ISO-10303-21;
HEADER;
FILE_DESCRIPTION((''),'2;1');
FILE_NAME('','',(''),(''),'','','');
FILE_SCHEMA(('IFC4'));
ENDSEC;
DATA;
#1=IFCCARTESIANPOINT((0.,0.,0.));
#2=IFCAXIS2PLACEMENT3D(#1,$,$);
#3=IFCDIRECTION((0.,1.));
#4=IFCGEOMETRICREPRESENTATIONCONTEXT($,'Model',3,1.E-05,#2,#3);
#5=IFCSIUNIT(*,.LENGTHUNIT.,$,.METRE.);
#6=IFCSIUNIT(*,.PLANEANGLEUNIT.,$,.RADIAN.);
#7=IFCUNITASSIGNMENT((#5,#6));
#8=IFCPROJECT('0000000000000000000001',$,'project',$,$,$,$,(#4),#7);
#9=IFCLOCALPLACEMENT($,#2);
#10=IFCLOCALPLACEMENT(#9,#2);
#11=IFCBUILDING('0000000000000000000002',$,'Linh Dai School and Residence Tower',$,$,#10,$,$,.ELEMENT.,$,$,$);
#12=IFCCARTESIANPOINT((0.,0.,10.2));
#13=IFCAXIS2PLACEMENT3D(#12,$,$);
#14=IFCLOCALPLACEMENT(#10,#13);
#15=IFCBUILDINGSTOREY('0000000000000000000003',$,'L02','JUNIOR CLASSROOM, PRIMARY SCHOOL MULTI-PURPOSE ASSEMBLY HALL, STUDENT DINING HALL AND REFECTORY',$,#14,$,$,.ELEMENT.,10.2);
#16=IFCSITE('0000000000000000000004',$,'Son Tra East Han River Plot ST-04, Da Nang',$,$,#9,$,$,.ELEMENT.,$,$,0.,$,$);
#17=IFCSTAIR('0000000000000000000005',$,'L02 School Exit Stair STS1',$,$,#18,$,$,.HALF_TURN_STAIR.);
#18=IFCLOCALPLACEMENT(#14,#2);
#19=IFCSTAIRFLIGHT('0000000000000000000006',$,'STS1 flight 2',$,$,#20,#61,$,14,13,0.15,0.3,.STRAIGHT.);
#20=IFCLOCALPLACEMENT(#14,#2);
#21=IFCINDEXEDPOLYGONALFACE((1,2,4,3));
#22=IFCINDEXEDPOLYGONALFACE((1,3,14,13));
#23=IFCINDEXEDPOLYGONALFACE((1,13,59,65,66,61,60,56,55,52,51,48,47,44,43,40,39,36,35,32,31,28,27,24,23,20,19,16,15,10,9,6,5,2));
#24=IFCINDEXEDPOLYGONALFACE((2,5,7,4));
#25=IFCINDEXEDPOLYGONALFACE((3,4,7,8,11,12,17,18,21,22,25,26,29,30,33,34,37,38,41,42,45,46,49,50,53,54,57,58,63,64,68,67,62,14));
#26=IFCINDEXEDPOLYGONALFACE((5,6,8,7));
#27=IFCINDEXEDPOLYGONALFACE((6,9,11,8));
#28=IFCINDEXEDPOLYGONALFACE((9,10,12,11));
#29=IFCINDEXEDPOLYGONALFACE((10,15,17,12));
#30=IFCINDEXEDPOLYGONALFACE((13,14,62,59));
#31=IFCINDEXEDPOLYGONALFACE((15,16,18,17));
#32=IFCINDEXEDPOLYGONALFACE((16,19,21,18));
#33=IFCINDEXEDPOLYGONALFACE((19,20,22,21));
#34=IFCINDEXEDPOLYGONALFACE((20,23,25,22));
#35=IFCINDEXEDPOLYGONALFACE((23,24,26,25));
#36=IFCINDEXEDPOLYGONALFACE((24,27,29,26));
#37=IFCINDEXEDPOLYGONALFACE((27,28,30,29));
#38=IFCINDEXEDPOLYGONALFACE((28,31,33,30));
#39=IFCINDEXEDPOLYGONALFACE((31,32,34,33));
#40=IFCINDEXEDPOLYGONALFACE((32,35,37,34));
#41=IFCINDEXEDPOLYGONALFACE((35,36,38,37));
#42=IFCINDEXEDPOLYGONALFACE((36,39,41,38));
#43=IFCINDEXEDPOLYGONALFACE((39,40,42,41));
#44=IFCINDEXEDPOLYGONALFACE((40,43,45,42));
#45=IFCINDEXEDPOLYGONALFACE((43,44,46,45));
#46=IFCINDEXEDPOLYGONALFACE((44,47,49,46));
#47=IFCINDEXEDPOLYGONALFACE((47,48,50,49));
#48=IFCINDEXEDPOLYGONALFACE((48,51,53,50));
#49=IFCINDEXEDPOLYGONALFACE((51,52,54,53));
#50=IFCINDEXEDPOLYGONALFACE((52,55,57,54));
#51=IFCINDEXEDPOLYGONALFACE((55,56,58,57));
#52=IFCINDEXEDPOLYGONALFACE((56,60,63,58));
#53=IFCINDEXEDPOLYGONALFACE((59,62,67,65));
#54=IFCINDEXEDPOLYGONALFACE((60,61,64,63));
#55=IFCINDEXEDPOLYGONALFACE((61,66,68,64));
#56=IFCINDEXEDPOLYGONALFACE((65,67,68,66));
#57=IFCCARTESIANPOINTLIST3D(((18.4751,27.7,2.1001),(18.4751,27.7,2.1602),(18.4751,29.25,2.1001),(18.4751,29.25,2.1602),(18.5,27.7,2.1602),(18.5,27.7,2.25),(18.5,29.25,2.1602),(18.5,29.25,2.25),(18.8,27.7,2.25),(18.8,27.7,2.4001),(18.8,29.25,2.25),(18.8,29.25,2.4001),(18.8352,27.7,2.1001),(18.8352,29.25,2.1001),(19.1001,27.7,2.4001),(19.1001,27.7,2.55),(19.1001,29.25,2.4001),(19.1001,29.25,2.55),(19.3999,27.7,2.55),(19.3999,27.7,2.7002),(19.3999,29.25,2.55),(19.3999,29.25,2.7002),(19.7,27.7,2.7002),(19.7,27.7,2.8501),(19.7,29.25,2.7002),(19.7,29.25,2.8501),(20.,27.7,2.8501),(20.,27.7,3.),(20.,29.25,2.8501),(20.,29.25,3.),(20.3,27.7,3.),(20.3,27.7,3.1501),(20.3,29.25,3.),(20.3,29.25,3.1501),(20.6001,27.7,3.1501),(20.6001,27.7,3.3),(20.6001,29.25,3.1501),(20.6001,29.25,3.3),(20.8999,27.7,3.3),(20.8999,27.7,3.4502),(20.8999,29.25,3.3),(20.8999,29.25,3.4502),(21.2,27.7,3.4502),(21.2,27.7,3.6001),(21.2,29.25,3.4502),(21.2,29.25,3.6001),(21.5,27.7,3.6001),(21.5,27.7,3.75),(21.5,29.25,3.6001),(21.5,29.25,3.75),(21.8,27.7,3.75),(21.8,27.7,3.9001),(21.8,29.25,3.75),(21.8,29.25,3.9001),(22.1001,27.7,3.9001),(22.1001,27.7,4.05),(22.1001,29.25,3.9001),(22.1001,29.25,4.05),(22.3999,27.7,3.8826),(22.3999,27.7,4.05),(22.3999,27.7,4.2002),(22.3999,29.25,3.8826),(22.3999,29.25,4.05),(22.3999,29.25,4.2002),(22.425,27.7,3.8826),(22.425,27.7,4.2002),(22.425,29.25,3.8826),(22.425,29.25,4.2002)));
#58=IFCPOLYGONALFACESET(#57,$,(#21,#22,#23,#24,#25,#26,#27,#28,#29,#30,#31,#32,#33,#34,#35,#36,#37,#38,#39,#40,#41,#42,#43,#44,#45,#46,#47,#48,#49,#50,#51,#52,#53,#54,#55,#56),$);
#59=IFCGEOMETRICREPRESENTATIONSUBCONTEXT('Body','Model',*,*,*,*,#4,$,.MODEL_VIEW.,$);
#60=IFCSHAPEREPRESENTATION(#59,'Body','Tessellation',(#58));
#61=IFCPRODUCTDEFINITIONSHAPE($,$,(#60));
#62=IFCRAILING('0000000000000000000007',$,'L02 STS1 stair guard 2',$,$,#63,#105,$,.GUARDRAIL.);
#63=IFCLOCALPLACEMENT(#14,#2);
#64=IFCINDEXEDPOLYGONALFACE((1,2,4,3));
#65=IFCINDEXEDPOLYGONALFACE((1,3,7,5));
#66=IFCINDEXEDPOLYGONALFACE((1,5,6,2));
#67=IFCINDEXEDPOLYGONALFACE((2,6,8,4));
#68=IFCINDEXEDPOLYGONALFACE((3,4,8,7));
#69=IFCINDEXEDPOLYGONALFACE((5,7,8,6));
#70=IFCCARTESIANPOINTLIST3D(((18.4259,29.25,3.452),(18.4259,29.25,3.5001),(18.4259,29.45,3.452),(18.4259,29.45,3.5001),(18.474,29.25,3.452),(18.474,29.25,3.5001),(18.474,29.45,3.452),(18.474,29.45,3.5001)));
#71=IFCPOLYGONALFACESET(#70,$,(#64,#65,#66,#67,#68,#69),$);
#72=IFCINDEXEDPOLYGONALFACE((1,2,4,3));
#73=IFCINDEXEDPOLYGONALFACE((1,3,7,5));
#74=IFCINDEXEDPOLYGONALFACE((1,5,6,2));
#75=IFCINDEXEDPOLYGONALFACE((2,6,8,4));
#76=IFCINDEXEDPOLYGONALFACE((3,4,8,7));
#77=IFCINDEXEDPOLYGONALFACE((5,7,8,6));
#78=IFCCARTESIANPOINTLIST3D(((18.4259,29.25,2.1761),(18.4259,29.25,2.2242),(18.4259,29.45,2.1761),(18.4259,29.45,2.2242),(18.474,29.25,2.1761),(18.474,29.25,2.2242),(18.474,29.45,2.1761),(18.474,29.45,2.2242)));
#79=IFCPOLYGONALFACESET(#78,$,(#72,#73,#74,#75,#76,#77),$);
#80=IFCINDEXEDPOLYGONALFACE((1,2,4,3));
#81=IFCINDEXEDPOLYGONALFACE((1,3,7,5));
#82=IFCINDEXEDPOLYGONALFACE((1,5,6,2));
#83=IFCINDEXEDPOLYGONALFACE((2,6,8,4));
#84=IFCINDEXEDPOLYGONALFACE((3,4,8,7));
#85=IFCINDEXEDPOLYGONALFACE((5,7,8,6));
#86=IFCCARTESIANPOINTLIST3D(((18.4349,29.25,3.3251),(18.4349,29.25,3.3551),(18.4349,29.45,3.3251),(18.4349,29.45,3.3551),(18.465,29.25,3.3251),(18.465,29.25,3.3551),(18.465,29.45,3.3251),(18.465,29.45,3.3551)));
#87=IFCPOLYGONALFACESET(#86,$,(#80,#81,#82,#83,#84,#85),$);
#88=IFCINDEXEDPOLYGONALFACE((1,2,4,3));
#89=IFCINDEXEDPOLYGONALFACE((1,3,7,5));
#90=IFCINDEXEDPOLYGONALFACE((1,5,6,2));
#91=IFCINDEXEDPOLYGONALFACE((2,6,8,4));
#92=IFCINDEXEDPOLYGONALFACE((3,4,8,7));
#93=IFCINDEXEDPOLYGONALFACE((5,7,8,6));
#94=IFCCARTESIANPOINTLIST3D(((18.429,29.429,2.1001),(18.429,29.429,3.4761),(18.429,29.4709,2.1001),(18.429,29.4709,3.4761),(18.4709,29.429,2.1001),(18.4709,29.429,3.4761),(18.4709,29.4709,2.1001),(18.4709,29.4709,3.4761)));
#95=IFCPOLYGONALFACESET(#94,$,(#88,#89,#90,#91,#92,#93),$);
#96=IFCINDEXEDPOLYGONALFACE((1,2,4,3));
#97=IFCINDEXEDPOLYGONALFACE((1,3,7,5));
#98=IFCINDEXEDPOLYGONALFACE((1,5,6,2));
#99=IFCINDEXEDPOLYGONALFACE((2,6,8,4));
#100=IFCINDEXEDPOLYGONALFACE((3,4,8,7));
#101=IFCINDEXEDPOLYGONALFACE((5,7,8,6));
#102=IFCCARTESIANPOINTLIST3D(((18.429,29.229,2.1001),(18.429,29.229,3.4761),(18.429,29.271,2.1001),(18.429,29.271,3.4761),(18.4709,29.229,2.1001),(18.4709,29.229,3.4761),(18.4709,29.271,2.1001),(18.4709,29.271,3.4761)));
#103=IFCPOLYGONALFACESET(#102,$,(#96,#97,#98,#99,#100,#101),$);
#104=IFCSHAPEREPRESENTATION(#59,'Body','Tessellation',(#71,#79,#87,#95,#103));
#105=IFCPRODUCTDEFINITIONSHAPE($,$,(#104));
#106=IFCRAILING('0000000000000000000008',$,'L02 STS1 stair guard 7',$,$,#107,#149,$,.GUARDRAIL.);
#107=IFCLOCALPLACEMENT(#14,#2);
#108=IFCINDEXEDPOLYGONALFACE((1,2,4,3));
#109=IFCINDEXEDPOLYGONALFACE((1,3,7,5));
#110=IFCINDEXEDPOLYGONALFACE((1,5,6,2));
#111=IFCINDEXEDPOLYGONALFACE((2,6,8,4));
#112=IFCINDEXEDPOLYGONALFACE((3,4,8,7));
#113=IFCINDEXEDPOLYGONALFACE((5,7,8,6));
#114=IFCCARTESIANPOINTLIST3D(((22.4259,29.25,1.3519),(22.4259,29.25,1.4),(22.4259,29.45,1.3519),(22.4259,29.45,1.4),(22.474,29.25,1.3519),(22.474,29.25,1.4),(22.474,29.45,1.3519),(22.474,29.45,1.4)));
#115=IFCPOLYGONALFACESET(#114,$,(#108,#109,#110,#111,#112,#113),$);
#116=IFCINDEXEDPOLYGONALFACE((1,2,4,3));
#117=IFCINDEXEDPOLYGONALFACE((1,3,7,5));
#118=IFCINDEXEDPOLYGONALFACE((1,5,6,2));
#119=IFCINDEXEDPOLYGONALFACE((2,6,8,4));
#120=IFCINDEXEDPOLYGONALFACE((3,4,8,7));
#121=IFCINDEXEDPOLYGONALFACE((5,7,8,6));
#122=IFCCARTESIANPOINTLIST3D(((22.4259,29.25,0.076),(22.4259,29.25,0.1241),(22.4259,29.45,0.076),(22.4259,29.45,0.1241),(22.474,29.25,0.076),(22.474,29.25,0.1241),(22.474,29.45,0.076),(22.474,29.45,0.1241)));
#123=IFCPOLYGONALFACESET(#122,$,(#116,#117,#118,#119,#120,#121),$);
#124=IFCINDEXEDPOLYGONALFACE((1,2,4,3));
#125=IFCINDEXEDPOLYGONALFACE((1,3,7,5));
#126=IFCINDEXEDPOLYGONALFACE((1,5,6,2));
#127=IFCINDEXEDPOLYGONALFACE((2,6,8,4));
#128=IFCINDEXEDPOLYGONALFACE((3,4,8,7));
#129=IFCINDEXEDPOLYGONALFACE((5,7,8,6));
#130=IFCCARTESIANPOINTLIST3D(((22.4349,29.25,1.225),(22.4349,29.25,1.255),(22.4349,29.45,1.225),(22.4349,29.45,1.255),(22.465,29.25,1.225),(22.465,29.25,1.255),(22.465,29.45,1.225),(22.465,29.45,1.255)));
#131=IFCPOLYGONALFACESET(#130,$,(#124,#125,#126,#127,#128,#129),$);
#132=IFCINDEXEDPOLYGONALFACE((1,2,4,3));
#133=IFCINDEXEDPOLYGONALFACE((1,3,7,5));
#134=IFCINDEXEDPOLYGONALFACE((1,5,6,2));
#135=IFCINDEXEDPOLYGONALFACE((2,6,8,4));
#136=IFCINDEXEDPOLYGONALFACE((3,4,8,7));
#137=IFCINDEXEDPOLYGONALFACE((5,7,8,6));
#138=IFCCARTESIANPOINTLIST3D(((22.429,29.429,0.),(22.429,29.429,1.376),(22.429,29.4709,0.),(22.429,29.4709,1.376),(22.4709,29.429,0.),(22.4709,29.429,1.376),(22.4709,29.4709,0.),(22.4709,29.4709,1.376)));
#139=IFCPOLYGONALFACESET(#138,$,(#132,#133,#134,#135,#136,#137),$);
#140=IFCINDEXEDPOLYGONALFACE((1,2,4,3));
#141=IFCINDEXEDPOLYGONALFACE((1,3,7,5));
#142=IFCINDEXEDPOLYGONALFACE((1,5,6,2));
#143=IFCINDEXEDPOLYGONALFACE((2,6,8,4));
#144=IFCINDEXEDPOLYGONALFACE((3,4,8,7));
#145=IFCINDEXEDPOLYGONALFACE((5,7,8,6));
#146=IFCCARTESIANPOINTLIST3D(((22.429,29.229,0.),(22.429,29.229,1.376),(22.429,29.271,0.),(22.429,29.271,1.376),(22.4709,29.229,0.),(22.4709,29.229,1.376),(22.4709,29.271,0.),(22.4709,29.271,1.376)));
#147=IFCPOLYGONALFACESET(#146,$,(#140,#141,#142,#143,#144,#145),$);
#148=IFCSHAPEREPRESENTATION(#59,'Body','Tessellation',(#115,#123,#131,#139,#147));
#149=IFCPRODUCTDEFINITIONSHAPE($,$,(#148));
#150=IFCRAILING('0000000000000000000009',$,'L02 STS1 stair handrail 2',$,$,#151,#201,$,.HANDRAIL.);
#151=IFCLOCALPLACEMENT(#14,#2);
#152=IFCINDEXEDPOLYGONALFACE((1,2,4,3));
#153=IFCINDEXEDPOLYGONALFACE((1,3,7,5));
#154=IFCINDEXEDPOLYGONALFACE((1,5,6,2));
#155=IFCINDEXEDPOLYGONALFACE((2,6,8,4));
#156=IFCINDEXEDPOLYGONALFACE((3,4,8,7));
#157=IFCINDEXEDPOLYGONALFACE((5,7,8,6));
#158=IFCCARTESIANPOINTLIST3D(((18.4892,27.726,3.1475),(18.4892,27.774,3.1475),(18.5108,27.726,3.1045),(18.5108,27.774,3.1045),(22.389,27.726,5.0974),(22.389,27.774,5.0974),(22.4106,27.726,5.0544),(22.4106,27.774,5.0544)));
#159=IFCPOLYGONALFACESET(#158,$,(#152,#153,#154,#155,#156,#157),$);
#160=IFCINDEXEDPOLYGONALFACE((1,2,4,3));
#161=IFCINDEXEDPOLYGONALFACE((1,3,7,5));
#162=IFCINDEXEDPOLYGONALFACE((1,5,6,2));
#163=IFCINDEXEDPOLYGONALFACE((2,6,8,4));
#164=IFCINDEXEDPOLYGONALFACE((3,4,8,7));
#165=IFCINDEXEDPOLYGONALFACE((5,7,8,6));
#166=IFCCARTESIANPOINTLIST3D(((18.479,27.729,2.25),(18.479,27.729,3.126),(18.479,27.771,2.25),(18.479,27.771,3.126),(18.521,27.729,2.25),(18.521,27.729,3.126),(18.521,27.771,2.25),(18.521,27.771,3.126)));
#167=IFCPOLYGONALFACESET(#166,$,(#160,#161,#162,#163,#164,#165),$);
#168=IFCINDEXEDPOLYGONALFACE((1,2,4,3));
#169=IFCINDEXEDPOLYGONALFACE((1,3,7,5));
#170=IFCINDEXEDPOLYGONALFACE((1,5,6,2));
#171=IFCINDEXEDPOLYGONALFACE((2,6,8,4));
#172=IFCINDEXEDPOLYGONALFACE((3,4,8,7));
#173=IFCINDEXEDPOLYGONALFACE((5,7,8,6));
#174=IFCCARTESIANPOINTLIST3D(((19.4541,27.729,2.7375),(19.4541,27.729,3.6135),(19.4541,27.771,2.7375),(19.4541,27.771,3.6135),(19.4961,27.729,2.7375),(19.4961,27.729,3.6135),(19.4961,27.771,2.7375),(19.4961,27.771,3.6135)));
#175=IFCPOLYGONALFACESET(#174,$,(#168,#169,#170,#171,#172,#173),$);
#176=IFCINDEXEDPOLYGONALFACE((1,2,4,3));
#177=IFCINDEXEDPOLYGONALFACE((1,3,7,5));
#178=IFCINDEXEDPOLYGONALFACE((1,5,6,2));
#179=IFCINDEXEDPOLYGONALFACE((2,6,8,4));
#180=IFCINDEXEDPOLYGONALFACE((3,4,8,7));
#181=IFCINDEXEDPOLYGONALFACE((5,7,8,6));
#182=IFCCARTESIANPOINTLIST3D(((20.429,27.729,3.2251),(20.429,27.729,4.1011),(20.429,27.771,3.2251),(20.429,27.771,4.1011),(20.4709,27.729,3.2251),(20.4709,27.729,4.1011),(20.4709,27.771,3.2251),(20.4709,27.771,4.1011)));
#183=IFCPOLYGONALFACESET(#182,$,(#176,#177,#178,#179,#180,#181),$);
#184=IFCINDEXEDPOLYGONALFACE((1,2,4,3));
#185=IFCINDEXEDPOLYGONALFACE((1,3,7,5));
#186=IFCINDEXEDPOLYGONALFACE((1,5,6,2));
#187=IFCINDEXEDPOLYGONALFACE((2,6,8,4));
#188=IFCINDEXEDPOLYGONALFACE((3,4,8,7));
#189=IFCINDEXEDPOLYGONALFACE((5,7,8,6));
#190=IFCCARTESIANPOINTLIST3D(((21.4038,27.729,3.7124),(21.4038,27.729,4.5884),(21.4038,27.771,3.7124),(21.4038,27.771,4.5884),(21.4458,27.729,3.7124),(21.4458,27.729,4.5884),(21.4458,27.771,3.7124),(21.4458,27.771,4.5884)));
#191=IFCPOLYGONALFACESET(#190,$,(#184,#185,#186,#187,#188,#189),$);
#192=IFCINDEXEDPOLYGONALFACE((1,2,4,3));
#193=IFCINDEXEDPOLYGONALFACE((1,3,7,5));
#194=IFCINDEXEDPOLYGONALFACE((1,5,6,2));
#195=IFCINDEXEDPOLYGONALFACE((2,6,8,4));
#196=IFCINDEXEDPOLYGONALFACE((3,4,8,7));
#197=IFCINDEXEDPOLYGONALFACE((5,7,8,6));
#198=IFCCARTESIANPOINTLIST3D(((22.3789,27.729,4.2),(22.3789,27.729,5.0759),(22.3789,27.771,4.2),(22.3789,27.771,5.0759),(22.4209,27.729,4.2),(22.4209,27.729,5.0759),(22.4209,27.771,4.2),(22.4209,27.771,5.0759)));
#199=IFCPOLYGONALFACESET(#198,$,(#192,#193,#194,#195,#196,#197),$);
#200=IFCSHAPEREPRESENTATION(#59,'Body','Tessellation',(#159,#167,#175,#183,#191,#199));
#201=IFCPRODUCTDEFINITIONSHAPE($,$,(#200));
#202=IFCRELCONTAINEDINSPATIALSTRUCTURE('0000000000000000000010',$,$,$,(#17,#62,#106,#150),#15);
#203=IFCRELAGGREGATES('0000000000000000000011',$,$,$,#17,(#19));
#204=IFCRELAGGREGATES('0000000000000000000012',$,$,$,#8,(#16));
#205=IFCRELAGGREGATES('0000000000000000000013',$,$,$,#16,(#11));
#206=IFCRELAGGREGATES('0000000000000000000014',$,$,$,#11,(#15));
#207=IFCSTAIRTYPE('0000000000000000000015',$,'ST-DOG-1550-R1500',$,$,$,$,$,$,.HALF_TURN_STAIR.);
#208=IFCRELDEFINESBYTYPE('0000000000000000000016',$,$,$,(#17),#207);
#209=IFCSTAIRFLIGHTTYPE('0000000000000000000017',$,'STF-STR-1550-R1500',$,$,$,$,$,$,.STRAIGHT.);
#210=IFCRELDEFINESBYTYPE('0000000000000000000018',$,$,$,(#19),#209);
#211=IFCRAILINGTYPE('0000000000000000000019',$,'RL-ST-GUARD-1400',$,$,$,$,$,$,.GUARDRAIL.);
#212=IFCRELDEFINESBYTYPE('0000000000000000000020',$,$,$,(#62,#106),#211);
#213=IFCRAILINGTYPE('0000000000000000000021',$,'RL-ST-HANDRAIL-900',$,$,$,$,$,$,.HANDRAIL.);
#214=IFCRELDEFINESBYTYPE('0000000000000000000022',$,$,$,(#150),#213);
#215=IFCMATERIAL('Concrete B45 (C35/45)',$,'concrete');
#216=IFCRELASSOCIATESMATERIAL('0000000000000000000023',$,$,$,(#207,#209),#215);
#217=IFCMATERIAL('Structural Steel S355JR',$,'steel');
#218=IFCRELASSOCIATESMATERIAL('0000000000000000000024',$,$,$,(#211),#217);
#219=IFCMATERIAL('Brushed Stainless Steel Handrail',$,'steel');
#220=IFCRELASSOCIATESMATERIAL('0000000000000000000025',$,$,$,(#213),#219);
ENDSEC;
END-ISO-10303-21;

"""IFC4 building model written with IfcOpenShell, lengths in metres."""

from ifc_helpers import new_model, si_unit, direction, frame, origin, origin_2d, place, context, subcontext, project, spatial, polyline, rectangle, outline, extrude, source, transform, mapped, material, type_object, element, aggregate, save


model = new_model("IFC4")

# Units and contexts
model_context = context("Model", 3, precision=1e-05, world=origin(), true_north=direction((0.0, 1.0)))
body_context = subcontext(model_context, "Body", "Model", "MODEL_VIEW")
ifc_project = project(units=[si_unit("LENGTHUNIT", "METRE"), si_unit("PLANEANGLEUNIT", "RADIAN")], contexts=[model_context])

# Site, building, storey
site_placement = place(None, origin())
site = spatial("IfcSite", under=ifc_project, at=site_placement, Name="Son Tra East Han River Plot ST-04, Da Nang", CompositionType="ELEMENT", RefElevation=0.0)
building_placement = place(site_placement, origin())
building = spatial("IfcBuilding", under=site, at=building_placement, Name="Linh Dai School and Residence Tower", CompositionType="ELEMENT")
storey_placement = place(building_placement, frame((0.0, 0.0, 10.2)))
storey = spatial("IfcBuildingStorey", under=building, at=storey_placement, Name="L02", Description="JUNIOR CLASSROOM, PRIMARY SCHOOL MULTI-PURPOSE ASSEMBLY HALL, STUDENT DINING HALL AND REFECTORY", CompositionType="ELEMENT", Elevation=10.2)

# Shared definitions
ifc_material_1 = material(Name="Structural Steel S355JR", Category="steel")

# Shared definitions
ifc_material_2 = material(Name="Concrete B45 (C35/45)", Category="concrete")

# Stair, stair flight
stair_type = type_object("IfcStairType", Name="ST-DOG-1550-R1500", PredefinedType="HALF_TURN_STAIR", material=ifc_material_2)
stair_placement = place(storey_placement, origin())
stair = element("IfcStair", 1, at=stair_placement, inside=storey, type_object=stair_type, Name="L02 School Exit Stair STS1", PredefinedType="HALF_TURN_STAIR")
stair_flight_type = type_object("IfcStairFlightType", Name="STF-STR-1550-R1500", PredefinedType="STRAIGHT", material=ifc_material_2)
shared_shape_1 = source(origin(), body_context, "Body", "SweptSolid", [
    extrude(outline(polyline([(-0.0249, 0.0), (-0.0249, 0.0601), (0.0, 0.0601), (0.0, 0.1499), (0.3, 0.1499), (0.3, 0.3), (0.6001, 0.3), (0.6001, 0.45), (0.8999, 0.45), (0.8999, 0.6001), (1.2, 0.6001), (1.2, 0.75), (1.5, 0.75), (1.5, 0.8999), (1.8, 0.8999), (1.8, 1.05), (2.1001, 1.05), (2.1001, 1.2), (2.3999, 1.2), (2.3999, 1.3501), (2.7, 1.3501), (2.7, 1.5), (3.0, 1.5), (3.0, 1.6499), (3.3, 1.6499), (3.3, 1.8), (3.6001, 1.8), (3.6001, 1.95), (3.8999, 1.95), (3.8999, 2.1001), (3.925, 2.1001), (3.925, 1.7825), (3.8999, 1.7825), (0.3352, 0.0), (-0.0249, 0.0)])), frame((0.0, 0.7749, 0.0), z_axis=(0.0, -1.0, 0.0), x_axis=(1.0, 0.0, 0.0)), (0.0, 0.0, 1.0), 1.55),
])
stair_flight_1_placement = place(storey_placement, frame((18.5, 28.4751, 2.1001), z_axis=(0.0, 0.0, 1.0), x_axis=(1.0, 0.0, 0.0)))
stair_flight_1 = element("IfcStairFlight", 2, at=stair_flight_1_placement, type_object=stair_flight_type, Name="STS1 flight 2", NumberOfRisers=14, NumberOfTreads=13, PredefinedType="STRAIGHT", RiserHeight=0.15, TreadLength=0.3, context=body_context, shape_type="MappedRepresentation", body=[
    mapped(shared_shape_1, transform((0.0, 0.0, 0.0), x_axis=(1.0, 0.0, 0.0), y_axis=(0.0, 1.0, 0.0), z_axis=(0.0, 0.0, 1.0), scale=1.0)),
])
aggregate(stair, [stair_flight_1])

# Railings
railing_type_1 = type_object("IfcRailingType", Name="RL-ST-GUARD-1400", PredefinedType="GUARDRAIL", material=ifc_material_1)
shared_shape_2 = source(origin(), body_context, "Body", "SweptSolid", [
    extrude(rectangle(XDim=0.0481, YDim=0.0481, at=origin_2d()), frame((0.0, 0.0, 1.376), z_axis=(0.0, -1.0, 0.0), x_axis=(1.0, 0.0, 0.0)), (0.0, 0.0, 1.0), 0.2),
    extrude(rectangle(XDim=0.0481, YDim=0.0481, at=origin_2d()), frame((0.0, 0.0, 0.1001), z_axis=(0.0, -1.0, 0.0), x_axis=(1.0, 0.0, 0.0)), (0.0, 0.0, 1.0), 0.2),
    extrude(rectangle(XDim=0.03, YDim=0.03, at=origin_2d()), frame((0.0, 0.0, 1.24), z_axis=(0.0, -1.0, 0.0), x_axis=(1.0, 0.0, 0.0)), (0.0, 0.0, 1.0), 0.2),
    extrude(rectangle(XDim=0.042, YDim=0.042, at=origin_2d()), origin(), (0.0, 0.0, 1.0), 1.376),
    extrude(rectangle(XDim=0.042, YDim=0.042, at=origin_2d()), frame((0.0, -0.2, 0.0)), (0.0, 0.0, 1.0), 1.376),
])
for number, where, name in (
    (3, (18.45, 29.45, 2.1001), "L02 STS1 stair guard 2"),
    (4, (22.45, 29.45, 0.0), "L02 STS1 stair guard 7"),
):
    element("IfcRailing", number, at=place(storey_placement, frame(where)), inside=storey, type_object=railing_type_1, Name=name, PredefinedType="GUARDRAIL", context=body_context, shape_type="MappedRepresentation", body=[
        mapped(shared_shape_2, transform((0.0, 0.0, 0.0), x_axis=(1.0, 0.0, 0.0), y_axis=(0.0, 1.0, 0.0), z_axis=(0.0, 0.0, 1.0), scale=1.0)),
    ])
ifc_material_3 = material(Name="Brushed Stainless Steel Handrail", Category="steel")
railing_type_2 = type_object("IfcRailingType", Name="RL-ST-HANDRAIL-900", PredefinedType="HANDRAIL", material=ifc_material_3)
shared_shape_3 = source(origin(), body_context, "Body", "SweptSolid", [
    extrude(rectangle(XDim=0.0481, YDim=0.0481, at=origin_2d()), frame((0.0, 0.0, 0.876), z_axis=(0.894427, 0.0, 0.447214), x_axis=(0.0, 1.0, 0.0)), (0.0, 0.0, 1.0), 4.3601),
    extrude(rectangle(XDim=0.042, YDim=0.042, at=origin_2d()), origin(), (0.0, 0.0, 1.0), 0.876),
    extrude(rectangle(XDim=0.042, YDim=0.042, at=origin_2d()), frame((0.9751, 0.0, 0.4875)), (0.0, 0.0, 1.0), 0.876),
    extrude(rectangle(XDim=0.042, YDim=0.042, at=origin_2d()), frame((1.95, 0.0, 0.9751)), (0.0, 0.0, 1.0), 0.876),
    extrude(rectangle(XDim=0.042, YDim=0.042, at=origin_2d()), frame((2.9248, 0.0, 1.4624)), (0.0, 0.0, 1.0), 0.876),
    extrude(rectangle(XDim=0.042, YDim=0.042, at=origin_2d()), frame((3.8999, 0.0, 1.95)), (0.0, 0.0, 1.0), 0.876),
])
railing_1_placement = place(storey_placement, frame((18.5, 27.75, 2.25)))
element("IfcRailing", 5, at=railing_1_placement, inside=storey, type_object=railing_type_2, Name="L02 STS1 stair handrail 2", PredefinedType="HANDRAIL", context=body_context, shape_type="MappedRepresentation", body=[
    mapped(shared_shape_3, transform((0.0, 0.0, 0.0), x_axis=(1.0, 0.0, 0.0), y_axis=(0.0, 1.0, 0.0), z_axis=(0.0, 0.0, 1.0), scale=1.0)),
])

save(model, "model.ifc")
